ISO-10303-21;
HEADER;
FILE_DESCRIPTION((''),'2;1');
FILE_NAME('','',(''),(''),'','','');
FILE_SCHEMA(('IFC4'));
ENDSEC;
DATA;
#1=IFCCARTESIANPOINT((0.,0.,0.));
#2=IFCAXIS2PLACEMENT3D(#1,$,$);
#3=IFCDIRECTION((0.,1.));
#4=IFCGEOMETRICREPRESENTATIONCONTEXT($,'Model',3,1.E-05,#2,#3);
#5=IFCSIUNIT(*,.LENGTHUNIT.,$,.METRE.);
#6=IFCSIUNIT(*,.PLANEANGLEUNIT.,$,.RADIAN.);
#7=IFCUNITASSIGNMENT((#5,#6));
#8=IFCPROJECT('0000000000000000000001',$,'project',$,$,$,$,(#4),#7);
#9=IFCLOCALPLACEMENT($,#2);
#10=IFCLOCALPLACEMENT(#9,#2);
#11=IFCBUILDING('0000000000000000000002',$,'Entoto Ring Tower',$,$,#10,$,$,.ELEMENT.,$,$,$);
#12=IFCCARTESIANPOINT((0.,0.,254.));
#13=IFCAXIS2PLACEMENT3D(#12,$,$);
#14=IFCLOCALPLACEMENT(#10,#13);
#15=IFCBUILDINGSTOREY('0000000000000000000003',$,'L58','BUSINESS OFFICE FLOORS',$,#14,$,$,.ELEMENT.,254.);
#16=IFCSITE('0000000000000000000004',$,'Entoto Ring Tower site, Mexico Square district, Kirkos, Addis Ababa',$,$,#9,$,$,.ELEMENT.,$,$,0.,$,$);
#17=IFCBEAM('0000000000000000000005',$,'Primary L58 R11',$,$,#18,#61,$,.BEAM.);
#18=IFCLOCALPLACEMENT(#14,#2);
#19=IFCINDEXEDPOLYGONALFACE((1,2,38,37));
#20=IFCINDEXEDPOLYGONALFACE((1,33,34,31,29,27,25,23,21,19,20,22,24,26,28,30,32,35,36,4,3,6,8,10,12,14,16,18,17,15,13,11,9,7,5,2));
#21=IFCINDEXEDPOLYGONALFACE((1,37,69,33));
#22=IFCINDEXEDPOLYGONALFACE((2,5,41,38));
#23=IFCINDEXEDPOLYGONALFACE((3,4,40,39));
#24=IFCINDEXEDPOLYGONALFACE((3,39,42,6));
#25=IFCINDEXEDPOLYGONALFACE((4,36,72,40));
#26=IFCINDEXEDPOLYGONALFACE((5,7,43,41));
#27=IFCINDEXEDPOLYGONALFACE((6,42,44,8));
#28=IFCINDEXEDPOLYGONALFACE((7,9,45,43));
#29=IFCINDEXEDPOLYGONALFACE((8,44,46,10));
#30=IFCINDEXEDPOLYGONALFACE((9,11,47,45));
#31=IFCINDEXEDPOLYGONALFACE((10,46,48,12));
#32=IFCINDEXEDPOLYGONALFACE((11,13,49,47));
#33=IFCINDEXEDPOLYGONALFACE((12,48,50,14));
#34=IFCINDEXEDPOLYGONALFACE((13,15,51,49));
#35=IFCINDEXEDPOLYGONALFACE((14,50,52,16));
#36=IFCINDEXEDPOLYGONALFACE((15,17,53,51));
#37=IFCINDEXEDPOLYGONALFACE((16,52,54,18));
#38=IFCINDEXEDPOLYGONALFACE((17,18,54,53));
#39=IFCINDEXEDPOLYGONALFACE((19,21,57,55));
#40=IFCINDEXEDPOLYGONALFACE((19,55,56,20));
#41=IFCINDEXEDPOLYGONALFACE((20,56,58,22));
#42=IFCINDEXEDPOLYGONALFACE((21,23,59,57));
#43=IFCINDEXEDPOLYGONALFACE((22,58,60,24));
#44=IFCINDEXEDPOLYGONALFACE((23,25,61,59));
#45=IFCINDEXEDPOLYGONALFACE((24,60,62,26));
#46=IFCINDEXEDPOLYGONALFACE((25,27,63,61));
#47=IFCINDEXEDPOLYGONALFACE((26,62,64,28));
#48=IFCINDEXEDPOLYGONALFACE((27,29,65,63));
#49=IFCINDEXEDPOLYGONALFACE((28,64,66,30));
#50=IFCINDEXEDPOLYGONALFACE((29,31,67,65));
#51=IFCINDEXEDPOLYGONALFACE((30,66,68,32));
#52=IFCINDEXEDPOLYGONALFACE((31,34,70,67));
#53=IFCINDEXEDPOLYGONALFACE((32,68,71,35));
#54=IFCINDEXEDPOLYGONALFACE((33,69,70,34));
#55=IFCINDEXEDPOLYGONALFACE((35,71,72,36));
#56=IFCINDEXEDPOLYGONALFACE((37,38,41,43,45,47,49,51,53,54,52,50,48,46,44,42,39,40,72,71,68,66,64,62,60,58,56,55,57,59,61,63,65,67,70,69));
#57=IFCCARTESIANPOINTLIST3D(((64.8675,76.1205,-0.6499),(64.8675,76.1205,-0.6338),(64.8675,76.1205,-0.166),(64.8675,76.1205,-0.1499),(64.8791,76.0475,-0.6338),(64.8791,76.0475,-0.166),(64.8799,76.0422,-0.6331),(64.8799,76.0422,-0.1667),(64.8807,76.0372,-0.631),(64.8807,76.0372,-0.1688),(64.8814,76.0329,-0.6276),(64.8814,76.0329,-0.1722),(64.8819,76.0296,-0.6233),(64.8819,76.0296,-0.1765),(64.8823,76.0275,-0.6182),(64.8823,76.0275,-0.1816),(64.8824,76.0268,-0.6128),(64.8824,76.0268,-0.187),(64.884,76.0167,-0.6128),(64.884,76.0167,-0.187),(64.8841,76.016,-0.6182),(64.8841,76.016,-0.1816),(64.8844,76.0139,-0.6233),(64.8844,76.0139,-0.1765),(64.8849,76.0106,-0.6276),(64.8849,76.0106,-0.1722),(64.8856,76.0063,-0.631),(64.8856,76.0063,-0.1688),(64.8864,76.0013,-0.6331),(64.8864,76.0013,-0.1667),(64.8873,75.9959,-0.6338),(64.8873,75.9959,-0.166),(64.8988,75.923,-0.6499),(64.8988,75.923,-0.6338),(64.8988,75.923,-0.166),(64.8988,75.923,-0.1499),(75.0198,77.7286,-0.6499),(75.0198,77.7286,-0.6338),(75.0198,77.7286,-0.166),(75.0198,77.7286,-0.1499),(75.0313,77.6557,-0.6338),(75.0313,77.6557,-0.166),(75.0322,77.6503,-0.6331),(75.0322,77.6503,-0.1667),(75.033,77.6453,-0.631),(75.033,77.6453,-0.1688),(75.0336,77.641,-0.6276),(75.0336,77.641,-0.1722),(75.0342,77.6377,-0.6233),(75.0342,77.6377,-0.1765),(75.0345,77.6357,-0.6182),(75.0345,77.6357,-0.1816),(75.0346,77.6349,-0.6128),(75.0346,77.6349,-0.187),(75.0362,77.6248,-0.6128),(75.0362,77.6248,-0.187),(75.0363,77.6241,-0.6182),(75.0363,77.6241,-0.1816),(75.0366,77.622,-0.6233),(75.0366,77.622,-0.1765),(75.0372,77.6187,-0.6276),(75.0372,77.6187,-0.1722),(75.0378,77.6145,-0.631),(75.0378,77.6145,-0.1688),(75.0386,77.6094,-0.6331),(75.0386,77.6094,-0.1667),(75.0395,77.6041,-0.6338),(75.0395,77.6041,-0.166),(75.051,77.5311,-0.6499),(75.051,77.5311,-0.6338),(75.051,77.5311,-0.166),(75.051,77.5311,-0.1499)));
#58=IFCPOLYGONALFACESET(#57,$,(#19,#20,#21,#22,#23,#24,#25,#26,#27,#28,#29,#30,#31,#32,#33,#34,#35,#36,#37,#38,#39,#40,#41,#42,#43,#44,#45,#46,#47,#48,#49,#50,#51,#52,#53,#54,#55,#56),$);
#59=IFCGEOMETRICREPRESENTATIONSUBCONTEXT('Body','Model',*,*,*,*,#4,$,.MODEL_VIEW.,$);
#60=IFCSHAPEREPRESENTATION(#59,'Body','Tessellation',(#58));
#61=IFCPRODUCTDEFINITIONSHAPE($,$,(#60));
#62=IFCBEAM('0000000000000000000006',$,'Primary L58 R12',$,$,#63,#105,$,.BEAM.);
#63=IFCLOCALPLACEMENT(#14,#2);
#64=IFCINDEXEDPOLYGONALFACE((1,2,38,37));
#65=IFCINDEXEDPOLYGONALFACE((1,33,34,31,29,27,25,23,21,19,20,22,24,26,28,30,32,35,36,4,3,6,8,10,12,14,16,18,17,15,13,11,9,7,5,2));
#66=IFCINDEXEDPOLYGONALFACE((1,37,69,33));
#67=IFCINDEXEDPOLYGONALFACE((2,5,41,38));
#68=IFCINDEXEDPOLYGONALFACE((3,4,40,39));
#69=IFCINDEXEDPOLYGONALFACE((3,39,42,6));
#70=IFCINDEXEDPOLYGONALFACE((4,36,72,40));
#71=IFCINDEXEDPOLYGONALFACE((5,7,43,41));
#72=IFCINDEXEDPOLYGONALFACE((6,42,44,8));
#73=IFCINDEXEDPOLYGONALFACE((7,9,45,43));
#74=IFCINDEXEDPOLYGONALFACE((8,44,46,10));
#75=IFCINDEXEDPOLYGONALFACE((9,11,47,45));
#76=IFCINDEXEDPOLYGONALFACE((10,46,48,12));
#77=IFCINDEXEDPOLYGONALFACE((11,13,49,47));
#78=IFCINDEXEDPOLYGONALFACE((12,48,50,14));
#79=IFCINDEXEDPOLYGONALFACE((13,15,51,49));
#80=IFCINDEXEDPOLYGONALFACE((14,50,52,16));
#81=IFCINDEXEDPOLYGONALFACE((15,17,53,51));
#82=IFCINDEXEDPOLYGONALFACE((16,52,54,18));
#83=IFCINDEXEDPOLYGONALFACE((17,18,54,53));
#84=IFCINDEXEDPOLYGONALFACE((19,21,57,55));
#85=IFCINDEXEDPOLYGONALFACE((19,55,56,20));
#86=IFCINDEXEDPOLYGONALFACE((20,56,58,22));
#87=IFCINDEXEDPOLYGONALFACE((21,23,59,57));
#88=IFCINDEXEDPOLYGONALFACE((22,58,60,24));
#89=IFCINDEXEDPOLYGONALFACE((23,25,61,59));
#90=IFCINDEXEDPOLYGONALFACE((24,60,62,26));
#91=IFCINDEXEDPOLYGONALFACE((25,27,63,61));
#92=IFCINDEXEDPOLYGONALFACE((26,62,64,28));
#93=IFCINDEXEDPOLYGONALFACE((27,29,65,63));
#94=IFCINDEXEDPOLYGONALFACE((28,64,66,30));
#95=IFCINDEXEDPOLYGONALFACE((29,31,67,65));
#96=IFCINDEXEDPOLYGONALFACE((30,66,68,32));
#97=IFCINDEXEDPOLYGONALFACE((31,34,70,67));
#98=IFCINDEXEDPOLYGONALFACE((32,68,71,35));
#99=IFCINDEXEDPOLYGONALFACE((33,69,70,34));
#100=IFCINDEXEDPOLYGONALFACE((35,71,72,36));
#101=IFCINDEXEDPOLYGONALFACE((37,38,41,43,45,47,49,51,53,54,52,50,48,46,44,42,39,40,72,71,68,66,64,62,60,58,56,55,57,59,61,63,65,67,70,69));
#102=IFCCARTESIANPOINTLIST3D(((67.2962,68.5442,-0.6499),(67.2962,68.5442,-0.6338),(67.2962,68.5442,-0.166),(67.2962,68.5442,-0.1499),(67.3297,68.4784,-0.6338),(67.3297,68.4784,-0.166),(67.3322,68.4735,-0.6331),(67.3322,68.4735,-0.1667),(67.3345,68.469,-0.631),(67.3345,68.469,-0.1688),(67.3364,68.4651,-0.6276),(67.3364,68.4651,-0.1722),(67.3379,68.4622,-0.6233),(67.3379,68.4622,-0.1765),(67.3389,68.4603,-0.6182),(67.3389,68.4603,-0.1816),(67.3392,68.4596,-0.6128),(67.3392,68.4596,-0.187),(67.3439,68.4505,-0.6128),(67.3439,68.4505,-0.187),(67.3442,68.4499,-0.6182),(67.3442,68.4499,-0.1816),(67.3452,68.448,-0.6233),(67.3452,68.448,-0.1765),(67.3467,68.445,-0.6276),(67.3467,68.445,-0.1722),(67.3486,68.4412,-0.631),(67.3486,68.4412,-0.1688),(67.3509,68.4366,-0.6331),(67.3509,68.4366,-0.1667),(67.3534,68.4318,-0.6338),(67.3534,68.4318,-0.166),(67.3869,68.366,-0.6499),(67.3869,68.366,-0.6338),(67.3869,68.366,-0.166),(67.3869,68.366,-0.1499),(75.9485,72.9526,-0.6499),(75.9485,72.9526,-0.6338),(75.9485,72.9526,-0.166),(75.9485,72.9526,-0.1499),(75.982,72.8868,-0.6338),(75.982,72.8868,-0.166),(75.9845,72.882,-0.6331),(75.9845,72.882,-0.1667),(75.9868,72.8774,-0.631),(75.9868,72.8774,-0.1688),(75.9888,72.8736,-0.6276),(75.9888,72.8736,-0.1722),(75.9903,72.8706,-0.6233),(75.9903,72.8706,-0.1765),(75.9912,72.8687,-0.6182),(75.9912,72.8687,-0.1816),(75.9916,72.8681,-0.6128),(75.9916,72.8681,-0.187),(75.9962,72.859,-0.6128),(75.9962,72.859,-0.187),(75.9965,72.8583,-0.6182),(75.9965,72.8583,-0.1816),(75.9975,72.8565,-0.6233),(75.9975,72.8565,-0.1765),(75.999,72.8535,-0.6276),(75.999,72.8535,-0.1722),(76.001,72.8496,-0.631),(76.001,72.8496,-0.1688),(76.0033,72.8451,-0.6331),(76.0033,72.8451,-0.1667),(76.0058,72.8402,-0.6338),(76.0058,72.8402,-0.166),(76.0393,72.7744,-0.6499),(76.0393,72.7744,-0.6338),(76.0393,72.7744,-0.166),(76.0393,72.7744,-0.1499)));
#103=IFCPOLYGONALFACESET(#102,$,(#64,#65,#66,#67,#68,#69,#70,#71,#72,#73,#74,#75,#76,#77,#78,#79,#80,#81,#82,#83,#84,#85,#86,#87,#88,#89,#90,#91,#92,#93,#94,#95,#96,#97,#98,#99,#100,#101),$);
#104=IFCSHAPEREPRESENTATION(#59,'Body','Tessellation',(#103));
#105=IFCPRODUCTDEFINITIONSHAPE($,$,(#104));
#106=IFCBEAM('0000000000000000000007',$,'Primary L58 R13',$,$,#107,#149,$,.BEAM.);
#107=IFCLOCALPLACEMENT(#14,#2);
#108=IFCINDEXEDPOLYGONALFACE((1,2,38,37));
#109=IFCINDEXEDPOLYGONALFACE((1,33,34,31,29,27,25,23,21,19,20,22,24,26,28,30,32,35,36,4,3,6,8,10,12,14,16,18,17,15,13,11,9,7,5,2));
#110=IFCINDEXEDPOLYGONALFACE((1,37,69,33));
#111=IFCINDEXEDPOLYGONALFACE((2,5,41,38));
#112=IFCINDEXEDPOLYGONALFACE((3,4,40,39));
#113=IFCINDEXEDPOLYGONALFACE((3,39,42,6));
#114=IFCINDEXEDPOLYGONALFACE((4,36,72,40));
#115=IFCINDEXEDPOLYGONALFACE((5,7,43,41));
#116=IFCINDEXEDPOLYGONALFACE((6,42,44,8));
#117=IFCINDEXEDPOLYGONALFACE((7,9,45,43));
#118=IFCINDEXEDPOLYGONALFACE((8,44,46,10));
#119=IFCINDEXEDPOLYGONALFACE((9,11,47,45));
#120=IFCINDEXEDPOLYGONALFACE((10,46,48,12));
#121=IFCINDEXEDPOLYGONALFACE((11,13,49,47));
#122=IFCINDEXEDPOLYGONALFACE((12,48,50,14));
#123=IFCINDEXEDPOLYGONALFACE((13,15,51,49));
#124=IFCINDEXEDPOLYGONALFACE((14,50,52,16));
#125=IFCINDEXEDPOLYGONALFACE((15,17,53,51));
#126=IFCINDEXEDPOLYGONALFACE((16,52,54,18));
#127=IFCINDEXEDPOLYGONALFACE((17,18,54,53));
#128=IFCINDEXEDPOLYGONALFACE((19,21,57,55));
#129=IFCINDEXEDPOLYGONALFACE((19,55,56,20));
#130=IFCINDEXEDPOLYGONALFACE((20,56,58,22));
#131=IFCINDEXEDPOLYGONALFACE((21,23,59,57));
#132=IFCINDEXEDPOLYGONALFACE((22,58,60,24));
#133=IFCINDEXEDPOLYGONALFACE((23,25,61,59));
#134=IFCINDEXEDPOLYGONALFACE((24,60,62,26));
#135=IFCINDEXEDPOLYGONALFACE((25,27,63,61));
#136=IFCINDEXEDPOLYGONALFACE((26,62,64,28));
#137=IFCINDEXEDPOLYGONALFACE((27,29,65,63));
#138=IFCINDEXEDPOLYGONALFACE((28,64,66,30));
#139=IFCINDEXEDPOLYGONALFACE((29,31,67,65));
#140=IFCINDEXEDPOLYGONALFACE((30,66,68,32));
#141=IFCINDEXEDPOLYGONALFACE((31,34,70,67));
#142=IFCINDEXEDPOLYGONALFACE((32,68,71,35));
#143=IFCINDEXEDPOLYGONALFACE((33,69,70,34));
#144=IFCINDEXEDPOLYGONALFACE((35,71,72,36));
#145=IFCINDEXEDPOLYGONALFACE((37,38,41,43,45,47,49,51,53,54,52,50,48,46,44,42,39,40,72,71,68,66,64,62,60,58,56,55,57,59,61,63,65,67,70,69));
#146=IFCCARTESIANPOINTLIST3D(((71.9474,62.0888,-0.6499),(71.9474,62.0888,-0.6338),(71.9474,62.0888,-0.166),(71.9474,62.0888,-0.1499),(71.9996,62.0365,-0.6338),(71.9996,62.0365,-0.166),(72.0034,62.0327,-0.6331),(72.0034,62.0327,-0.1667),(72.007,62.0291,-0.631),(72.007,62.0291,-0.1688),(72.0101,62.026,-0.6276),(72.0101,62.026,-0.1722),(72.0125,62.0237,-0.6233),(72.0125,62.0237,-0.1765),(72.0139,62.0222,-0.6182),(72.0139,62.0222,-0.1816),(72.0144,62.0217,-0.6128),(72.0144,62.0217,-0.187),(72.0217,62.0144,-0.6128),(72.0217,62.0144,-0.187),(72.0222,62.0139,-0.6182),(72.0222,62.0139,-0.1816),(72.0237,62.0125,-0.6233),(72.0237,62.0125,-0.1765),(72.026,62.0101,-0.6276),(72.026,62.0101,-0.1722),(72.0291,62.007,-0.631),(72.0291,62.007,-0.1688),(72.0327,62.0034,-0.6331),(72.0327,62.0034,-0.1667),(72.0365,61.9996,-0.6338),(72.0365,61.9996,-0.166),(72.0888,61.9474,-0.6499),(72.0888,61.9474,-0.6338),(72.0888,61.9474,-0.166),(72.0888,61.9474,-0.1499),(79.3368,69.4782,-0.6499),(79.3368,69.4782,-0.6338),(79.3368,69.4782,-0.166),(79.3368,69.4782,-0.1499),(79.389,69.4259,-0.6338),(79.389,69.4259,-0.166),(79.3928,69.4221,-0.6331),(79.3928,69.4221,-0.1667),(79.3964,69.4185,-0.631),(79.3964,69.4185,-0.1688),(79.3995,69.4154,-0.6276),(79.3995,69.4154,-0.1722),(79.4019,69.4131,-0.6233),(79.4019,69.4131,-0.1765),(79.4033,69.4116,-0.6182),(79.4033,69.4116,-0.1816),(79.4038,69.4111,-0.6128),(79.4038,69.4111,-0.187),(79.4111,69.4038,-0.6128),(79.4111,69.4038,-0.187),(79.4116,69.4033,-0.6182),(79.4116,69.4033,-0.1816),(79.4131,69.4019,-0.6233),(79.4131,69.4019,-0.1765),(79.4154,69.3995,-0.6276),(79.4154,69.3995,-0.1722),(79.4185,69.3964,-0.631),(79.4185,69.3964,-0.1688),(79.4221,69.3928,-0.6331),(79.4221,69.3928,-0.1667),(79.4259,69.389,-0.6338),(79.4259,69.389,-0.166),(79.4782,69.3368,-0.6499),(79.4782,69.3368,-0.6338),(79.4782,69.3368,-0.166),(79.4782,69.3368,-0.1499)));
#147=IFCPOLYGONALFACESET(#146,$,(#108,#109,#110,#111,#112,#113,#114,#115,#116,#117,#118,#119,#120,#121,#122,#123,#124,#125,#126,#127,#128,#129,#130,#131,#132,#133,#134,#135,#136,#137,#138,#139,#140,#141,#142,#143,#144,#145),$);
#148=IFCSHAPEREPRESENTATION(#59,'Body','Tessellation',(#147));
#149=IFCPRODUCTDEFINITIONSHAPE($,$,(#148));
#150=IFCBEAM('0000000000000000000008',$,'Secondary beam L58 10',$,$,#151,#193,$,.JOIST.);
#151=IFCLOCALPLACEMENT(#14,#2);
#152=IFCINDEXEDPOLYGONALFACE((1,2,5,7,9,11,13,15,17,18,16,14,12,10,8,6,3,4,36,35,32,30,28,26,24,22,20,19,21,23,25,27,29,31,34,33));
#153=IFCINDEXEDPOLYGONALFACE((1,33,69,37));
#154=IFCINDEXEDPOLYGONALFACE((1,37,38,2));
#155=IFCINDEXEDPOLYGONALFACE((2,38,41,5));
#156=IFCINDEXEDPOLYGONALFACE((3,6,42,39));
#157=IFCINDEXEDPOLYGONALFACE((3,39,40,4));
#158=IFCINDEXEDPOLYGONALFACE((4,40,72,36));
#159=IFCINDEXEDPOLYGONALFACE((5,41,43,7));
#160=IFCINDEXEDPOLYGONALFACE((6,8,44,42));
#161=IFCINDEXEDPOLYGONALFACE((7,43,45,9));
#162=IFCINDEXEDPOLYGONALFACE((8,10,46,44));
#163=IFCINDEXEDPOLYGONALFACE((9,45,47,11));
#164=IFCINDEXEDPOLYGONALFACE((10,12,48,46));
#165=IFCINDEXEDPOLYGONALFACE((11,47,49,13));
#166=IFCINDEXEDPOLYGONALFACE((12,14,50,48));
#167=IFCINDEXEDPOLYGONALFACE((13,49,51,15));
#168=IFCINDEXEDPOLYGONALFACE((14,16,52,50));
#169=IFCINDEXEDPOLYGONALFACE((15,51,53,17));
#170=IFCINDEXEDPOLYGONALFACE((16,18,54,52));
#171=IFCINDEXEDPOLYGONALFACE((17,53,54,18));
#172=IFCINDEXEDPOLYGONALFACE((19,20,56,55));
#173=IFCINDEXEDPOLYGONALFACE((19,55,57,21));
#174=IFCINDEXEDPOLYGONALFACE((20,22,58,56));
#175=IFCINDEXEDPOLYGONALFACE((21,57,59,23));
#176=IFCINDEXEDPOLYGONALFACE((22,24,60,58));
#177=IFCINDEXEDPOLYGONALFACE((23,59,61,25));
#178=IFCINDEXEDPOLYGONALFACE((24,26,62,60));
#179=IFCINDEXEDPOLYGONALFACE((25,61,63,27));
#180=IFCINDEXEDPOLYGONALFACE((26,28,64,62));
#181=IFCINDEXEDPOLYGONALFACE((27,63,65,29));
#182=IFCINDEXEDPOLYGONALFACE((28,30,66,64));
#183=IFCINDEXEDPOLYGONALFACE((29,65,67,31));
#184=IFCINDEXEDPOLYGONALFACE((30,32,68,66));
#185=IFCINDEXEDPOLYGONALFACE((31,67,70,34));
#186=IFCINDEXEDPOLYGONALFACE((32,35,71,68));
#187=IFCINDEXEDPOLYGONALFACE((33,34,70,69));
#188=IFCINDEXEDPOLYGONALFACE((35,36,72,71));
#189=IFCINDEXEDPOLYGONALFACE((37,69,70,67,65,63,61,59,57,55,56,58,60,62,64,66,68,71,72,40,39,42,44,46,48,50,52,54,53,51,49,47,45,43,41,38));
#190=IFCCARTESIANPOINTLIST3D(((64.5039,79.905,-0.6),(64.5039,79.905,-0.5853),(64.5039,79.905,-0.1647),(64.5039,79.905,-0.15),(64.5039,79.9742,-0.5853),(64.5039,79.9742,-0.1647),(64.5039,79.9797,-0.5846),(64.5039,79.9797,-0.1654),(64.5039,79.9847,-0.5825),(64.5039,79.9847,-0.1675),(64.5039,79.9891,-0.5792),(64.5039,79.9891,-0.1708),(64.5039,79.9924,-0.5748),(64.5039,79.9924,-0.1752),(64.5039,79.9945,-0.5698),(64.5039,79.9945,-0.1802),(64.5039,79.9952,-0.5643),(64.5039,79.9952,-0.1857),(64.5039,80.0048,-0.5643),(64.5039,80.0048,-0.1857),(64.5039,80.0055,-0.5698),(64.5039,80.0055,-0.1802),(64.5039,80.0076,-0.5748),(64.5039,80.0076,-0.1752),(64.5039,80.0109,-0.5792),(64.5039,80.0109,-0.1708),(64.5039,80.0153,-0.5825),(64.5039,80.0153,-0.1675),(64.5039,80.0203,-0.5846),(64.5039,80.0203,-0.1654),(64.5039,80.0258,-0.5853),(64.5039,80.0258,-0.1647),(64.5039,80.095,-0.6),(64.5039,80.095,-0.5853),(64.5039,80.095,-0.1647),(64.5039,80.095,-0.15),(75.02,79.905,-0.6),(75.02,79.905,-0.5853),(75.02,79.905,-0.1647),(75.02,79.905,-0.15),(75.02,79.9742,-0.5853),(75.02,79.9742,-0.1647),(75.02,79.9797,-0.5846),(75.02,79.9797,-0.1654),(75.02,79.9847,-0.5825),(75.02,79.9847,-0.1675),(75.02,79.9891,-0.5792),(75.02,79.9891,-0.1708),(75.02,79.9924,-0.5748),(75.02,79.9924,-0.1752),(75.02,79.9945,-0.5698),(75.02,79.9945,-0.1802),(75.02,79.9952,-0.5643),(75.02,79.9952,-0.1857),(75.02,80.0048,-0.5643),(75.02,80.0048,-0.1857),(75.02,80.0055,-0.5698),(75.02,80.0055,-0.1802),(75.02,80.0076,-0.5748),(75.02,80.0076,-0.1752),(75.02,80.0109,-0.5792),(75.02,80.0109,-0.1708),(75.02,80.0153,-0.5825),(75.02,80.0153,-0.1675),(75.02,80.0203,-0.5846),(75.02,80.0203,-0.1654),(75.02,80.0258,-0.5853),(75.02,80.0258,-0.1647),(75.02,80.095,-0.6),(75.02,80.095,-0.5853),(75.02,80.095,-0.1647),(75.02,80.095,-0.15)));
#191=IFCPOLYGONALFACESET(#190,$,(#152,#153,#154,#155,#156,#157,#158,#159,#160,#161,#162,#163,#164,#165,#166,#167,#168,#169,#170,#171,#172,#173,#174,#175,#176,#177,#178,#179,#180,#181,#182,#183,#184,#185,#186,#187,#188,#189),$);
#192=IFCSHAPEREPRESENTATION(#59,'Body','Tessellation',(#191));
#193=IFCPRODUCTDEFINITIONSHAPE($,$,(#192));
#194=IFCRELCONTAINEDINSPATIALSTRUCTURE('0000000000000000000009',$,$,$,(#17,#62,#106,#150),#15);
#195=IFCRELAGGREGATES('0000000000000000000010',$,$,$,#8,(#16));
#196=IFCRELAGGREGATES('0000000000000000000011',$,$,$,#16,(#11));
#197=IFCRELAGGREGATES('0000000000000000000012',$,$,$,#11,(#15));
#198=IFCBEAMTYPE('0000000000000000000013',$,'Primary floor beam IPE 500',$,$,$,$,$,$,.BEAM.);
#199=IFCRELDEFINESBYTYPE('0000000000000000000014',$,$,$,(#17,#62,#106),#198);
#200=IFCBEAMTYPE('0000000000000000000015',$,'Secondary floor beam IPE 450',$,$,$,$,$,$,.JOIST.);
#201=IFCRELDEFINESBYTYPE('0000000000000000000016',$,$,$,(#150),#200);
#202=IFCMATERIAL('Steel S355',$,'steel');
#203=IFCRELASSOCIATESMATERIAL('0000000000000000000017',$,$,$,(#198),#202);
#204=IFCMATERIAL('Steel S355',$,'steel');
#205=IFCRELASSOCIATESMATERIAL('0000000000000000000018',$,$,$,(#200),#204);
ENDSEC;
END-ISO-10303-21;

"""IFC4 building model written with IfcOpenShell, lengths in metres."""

from ifc_helpers import new_model, si_unit, direction, frame, origin, origin_2d, place, context, subcontext, project, spatial, i_section, extrude, material, material_profile, profile_set, type_object, element, save


model = new_model("IFC4")

# Units and contexts
model_context = context("Model", 3, precision=1e-05, world=origin(), true_north=direction((0.0, 1.0)))
body_context = subcontext(model_context, "Body", "Model", "MODEL_VIEW")
ifc_project = project(units=[si_unit("LENGTHUNIT", "METRE"), si_unit("PLANEANGLEUNIT", "RADIAN")], contexts=[model_context])

# Site, building, storey
site_placement = place(None, origin())
site = spatial("IfcSite", under=ifc_project, at=site_placement, Name="Entoto Ring Tower site, Mexico Square district, Kirkos, Addis Ababa", CompositionType="ELEMENT", RefElevation=0.0)
building_placement = place(site_placement, origin())
building = spatial("IfcBuilding", under=site, at=building_placement, Name="Entoto Ring Tower", CompositionType="ELEMENT")
storey_placement = place(building_placement, frame((0.0, 0.0, 254.0)))
storey = spatial("IfcBuildingStorey", under=building, at=storey_placement, Name="L58", Description="BUSINESS OFFICE FLOORS", CompositionType="ELEMENT", Elevation=254.0)

# Beams
ifc_material_1 = material(Name="Steel S355", Category="steel")
ifc_material_profile_1 = material_profile(ifc_material_1, i_section(OverallWidth=0.2, OverallDepth=0.5, WebThickness=0.0103, FlangeThickness=0.0161, FilletRadius=0.021, at=origin_2d()), Name="IPE 500")
ifc_profile_set_1 = profile_set([ifc_material_profile_1], Name="Steel S355")
beam_type_1 = type_object("IfcBeamType", Name="Primary floor beam IPE 500", PredefinedType="BEAM", material=ifc_profile_set_1)
for number, where, z_axis, x_axis, name in (
    (1, (75.0354, 77.6299, -0.3999), (-0.987686, -0.156452, 0.0), (0.156452, -0.987686, 0.0), "Primary L58 R11"),
):
    element("IfcBeam", number, at=place(storey_placement, frame(where, z_axis=z_axis, x_axis=x_axis)), inside=storey, type_object=beam_type_1, Name=name, PredefinedType="BEAM", context=body_context, shape_type="SweptSolid", body=[
        extrude(i_section(OverallWidth=0.2, OverallDepth=0.5, WebThickness=0.0103, FlangeThickness=0.0161, FilletRadius=0.021, at=origin_2d()), origin(), (0.0, 0.0, 1.0), 10.2788),
    ])
beam_1_placement = place(storey_placement, frame((75.9939, 72.8635, -0.3999), z_axis=(-0.891012, -0.453979, 0.0), x_axis=(0.453979, -0.891012, 0.0)))
element("IfcBeam", 2, at=beam_1_placement, inside=storey, type_object=beam_type_1, Name="Primary L58 R12", PredefinedType="BEAM", context=body_context, shape_type="SweptSolid", body=[
    extrude(i_section(OverallWidth=0.2, OverallDepth=0.5, WebThickness=0.0103, FlangeThickness=0.0161, FilletRadius=0.021, at=origin_2d()), origin(), (0.0, 0.0, 1.0), 9.7107),
])
beam_2_placement = place(storey_placement, frame((79.4075, 69.4075, -0.3999), z_axis=(-0.707107, -0.707107, 0.0), x_axis=(0.707107, -0.707107, 0.0)))
element("IfcBeam", 3, at=beam_2_placement, inside=storey, type_object=beam_type_1, Name="Primary L58 R13", PredefinedType="BEAM", context=body_context, shape_type="SweptSolid", body=[
    extrude(i_section(OverallWidth=0.2, OverallDepth=0.5, WebThickness=0.0103, FlangeThickness=0.0161, FilletRadius=0.021, at=origin_2d()), origin(), (0.0, 0.0, 1.0), 10.4502),
])
ifc_material_2 = material(Name="Steel S355", Category="steel")
ifc_material_profile_2 = material_profile(ifc_material_2, i_section(OverallWidth=0.1899, OverallDepth=0.45, WebThickness=0.0095, FlangeThickness=0.0146, FilletRadius=0.021, at=origin_2d()), Name="IPE 450")
ifc_profile_set_2 = profile_set([ifc_material_profile_2], Name="Steel S355")
beam_type_2 = type_object("IfcBeamType", Name="Secondary floor beam IPE 450", PredefinedType="JOIST", material=ifc_profile_set_2)
beam_3_placement = place(storey_placement, frame((75.02, 80.0, -0.375), z_axis=(-1.0, 0.0, 0.0), x_axis=(0.0, -1.0, 0.0)))
element("IfcBeam", 4, at=beam_3_placement, inside=storey, type_object=beam_type_2, Name="Secondary beam L58 10", PredefinedType="JOIST", context=body_context, shape_type="SweptSolid", body=[
    extrude(i_section(OverallWidth=0.1899, OverallDepth=0.45, WebThickness=0.0095, FlangeThickness=0.0146, FilletRadius=0.021, at=origin_2d()), origin(), (0.0, 0.0, 1.0), 10.5161),
])

save(model, "model.ifc")
